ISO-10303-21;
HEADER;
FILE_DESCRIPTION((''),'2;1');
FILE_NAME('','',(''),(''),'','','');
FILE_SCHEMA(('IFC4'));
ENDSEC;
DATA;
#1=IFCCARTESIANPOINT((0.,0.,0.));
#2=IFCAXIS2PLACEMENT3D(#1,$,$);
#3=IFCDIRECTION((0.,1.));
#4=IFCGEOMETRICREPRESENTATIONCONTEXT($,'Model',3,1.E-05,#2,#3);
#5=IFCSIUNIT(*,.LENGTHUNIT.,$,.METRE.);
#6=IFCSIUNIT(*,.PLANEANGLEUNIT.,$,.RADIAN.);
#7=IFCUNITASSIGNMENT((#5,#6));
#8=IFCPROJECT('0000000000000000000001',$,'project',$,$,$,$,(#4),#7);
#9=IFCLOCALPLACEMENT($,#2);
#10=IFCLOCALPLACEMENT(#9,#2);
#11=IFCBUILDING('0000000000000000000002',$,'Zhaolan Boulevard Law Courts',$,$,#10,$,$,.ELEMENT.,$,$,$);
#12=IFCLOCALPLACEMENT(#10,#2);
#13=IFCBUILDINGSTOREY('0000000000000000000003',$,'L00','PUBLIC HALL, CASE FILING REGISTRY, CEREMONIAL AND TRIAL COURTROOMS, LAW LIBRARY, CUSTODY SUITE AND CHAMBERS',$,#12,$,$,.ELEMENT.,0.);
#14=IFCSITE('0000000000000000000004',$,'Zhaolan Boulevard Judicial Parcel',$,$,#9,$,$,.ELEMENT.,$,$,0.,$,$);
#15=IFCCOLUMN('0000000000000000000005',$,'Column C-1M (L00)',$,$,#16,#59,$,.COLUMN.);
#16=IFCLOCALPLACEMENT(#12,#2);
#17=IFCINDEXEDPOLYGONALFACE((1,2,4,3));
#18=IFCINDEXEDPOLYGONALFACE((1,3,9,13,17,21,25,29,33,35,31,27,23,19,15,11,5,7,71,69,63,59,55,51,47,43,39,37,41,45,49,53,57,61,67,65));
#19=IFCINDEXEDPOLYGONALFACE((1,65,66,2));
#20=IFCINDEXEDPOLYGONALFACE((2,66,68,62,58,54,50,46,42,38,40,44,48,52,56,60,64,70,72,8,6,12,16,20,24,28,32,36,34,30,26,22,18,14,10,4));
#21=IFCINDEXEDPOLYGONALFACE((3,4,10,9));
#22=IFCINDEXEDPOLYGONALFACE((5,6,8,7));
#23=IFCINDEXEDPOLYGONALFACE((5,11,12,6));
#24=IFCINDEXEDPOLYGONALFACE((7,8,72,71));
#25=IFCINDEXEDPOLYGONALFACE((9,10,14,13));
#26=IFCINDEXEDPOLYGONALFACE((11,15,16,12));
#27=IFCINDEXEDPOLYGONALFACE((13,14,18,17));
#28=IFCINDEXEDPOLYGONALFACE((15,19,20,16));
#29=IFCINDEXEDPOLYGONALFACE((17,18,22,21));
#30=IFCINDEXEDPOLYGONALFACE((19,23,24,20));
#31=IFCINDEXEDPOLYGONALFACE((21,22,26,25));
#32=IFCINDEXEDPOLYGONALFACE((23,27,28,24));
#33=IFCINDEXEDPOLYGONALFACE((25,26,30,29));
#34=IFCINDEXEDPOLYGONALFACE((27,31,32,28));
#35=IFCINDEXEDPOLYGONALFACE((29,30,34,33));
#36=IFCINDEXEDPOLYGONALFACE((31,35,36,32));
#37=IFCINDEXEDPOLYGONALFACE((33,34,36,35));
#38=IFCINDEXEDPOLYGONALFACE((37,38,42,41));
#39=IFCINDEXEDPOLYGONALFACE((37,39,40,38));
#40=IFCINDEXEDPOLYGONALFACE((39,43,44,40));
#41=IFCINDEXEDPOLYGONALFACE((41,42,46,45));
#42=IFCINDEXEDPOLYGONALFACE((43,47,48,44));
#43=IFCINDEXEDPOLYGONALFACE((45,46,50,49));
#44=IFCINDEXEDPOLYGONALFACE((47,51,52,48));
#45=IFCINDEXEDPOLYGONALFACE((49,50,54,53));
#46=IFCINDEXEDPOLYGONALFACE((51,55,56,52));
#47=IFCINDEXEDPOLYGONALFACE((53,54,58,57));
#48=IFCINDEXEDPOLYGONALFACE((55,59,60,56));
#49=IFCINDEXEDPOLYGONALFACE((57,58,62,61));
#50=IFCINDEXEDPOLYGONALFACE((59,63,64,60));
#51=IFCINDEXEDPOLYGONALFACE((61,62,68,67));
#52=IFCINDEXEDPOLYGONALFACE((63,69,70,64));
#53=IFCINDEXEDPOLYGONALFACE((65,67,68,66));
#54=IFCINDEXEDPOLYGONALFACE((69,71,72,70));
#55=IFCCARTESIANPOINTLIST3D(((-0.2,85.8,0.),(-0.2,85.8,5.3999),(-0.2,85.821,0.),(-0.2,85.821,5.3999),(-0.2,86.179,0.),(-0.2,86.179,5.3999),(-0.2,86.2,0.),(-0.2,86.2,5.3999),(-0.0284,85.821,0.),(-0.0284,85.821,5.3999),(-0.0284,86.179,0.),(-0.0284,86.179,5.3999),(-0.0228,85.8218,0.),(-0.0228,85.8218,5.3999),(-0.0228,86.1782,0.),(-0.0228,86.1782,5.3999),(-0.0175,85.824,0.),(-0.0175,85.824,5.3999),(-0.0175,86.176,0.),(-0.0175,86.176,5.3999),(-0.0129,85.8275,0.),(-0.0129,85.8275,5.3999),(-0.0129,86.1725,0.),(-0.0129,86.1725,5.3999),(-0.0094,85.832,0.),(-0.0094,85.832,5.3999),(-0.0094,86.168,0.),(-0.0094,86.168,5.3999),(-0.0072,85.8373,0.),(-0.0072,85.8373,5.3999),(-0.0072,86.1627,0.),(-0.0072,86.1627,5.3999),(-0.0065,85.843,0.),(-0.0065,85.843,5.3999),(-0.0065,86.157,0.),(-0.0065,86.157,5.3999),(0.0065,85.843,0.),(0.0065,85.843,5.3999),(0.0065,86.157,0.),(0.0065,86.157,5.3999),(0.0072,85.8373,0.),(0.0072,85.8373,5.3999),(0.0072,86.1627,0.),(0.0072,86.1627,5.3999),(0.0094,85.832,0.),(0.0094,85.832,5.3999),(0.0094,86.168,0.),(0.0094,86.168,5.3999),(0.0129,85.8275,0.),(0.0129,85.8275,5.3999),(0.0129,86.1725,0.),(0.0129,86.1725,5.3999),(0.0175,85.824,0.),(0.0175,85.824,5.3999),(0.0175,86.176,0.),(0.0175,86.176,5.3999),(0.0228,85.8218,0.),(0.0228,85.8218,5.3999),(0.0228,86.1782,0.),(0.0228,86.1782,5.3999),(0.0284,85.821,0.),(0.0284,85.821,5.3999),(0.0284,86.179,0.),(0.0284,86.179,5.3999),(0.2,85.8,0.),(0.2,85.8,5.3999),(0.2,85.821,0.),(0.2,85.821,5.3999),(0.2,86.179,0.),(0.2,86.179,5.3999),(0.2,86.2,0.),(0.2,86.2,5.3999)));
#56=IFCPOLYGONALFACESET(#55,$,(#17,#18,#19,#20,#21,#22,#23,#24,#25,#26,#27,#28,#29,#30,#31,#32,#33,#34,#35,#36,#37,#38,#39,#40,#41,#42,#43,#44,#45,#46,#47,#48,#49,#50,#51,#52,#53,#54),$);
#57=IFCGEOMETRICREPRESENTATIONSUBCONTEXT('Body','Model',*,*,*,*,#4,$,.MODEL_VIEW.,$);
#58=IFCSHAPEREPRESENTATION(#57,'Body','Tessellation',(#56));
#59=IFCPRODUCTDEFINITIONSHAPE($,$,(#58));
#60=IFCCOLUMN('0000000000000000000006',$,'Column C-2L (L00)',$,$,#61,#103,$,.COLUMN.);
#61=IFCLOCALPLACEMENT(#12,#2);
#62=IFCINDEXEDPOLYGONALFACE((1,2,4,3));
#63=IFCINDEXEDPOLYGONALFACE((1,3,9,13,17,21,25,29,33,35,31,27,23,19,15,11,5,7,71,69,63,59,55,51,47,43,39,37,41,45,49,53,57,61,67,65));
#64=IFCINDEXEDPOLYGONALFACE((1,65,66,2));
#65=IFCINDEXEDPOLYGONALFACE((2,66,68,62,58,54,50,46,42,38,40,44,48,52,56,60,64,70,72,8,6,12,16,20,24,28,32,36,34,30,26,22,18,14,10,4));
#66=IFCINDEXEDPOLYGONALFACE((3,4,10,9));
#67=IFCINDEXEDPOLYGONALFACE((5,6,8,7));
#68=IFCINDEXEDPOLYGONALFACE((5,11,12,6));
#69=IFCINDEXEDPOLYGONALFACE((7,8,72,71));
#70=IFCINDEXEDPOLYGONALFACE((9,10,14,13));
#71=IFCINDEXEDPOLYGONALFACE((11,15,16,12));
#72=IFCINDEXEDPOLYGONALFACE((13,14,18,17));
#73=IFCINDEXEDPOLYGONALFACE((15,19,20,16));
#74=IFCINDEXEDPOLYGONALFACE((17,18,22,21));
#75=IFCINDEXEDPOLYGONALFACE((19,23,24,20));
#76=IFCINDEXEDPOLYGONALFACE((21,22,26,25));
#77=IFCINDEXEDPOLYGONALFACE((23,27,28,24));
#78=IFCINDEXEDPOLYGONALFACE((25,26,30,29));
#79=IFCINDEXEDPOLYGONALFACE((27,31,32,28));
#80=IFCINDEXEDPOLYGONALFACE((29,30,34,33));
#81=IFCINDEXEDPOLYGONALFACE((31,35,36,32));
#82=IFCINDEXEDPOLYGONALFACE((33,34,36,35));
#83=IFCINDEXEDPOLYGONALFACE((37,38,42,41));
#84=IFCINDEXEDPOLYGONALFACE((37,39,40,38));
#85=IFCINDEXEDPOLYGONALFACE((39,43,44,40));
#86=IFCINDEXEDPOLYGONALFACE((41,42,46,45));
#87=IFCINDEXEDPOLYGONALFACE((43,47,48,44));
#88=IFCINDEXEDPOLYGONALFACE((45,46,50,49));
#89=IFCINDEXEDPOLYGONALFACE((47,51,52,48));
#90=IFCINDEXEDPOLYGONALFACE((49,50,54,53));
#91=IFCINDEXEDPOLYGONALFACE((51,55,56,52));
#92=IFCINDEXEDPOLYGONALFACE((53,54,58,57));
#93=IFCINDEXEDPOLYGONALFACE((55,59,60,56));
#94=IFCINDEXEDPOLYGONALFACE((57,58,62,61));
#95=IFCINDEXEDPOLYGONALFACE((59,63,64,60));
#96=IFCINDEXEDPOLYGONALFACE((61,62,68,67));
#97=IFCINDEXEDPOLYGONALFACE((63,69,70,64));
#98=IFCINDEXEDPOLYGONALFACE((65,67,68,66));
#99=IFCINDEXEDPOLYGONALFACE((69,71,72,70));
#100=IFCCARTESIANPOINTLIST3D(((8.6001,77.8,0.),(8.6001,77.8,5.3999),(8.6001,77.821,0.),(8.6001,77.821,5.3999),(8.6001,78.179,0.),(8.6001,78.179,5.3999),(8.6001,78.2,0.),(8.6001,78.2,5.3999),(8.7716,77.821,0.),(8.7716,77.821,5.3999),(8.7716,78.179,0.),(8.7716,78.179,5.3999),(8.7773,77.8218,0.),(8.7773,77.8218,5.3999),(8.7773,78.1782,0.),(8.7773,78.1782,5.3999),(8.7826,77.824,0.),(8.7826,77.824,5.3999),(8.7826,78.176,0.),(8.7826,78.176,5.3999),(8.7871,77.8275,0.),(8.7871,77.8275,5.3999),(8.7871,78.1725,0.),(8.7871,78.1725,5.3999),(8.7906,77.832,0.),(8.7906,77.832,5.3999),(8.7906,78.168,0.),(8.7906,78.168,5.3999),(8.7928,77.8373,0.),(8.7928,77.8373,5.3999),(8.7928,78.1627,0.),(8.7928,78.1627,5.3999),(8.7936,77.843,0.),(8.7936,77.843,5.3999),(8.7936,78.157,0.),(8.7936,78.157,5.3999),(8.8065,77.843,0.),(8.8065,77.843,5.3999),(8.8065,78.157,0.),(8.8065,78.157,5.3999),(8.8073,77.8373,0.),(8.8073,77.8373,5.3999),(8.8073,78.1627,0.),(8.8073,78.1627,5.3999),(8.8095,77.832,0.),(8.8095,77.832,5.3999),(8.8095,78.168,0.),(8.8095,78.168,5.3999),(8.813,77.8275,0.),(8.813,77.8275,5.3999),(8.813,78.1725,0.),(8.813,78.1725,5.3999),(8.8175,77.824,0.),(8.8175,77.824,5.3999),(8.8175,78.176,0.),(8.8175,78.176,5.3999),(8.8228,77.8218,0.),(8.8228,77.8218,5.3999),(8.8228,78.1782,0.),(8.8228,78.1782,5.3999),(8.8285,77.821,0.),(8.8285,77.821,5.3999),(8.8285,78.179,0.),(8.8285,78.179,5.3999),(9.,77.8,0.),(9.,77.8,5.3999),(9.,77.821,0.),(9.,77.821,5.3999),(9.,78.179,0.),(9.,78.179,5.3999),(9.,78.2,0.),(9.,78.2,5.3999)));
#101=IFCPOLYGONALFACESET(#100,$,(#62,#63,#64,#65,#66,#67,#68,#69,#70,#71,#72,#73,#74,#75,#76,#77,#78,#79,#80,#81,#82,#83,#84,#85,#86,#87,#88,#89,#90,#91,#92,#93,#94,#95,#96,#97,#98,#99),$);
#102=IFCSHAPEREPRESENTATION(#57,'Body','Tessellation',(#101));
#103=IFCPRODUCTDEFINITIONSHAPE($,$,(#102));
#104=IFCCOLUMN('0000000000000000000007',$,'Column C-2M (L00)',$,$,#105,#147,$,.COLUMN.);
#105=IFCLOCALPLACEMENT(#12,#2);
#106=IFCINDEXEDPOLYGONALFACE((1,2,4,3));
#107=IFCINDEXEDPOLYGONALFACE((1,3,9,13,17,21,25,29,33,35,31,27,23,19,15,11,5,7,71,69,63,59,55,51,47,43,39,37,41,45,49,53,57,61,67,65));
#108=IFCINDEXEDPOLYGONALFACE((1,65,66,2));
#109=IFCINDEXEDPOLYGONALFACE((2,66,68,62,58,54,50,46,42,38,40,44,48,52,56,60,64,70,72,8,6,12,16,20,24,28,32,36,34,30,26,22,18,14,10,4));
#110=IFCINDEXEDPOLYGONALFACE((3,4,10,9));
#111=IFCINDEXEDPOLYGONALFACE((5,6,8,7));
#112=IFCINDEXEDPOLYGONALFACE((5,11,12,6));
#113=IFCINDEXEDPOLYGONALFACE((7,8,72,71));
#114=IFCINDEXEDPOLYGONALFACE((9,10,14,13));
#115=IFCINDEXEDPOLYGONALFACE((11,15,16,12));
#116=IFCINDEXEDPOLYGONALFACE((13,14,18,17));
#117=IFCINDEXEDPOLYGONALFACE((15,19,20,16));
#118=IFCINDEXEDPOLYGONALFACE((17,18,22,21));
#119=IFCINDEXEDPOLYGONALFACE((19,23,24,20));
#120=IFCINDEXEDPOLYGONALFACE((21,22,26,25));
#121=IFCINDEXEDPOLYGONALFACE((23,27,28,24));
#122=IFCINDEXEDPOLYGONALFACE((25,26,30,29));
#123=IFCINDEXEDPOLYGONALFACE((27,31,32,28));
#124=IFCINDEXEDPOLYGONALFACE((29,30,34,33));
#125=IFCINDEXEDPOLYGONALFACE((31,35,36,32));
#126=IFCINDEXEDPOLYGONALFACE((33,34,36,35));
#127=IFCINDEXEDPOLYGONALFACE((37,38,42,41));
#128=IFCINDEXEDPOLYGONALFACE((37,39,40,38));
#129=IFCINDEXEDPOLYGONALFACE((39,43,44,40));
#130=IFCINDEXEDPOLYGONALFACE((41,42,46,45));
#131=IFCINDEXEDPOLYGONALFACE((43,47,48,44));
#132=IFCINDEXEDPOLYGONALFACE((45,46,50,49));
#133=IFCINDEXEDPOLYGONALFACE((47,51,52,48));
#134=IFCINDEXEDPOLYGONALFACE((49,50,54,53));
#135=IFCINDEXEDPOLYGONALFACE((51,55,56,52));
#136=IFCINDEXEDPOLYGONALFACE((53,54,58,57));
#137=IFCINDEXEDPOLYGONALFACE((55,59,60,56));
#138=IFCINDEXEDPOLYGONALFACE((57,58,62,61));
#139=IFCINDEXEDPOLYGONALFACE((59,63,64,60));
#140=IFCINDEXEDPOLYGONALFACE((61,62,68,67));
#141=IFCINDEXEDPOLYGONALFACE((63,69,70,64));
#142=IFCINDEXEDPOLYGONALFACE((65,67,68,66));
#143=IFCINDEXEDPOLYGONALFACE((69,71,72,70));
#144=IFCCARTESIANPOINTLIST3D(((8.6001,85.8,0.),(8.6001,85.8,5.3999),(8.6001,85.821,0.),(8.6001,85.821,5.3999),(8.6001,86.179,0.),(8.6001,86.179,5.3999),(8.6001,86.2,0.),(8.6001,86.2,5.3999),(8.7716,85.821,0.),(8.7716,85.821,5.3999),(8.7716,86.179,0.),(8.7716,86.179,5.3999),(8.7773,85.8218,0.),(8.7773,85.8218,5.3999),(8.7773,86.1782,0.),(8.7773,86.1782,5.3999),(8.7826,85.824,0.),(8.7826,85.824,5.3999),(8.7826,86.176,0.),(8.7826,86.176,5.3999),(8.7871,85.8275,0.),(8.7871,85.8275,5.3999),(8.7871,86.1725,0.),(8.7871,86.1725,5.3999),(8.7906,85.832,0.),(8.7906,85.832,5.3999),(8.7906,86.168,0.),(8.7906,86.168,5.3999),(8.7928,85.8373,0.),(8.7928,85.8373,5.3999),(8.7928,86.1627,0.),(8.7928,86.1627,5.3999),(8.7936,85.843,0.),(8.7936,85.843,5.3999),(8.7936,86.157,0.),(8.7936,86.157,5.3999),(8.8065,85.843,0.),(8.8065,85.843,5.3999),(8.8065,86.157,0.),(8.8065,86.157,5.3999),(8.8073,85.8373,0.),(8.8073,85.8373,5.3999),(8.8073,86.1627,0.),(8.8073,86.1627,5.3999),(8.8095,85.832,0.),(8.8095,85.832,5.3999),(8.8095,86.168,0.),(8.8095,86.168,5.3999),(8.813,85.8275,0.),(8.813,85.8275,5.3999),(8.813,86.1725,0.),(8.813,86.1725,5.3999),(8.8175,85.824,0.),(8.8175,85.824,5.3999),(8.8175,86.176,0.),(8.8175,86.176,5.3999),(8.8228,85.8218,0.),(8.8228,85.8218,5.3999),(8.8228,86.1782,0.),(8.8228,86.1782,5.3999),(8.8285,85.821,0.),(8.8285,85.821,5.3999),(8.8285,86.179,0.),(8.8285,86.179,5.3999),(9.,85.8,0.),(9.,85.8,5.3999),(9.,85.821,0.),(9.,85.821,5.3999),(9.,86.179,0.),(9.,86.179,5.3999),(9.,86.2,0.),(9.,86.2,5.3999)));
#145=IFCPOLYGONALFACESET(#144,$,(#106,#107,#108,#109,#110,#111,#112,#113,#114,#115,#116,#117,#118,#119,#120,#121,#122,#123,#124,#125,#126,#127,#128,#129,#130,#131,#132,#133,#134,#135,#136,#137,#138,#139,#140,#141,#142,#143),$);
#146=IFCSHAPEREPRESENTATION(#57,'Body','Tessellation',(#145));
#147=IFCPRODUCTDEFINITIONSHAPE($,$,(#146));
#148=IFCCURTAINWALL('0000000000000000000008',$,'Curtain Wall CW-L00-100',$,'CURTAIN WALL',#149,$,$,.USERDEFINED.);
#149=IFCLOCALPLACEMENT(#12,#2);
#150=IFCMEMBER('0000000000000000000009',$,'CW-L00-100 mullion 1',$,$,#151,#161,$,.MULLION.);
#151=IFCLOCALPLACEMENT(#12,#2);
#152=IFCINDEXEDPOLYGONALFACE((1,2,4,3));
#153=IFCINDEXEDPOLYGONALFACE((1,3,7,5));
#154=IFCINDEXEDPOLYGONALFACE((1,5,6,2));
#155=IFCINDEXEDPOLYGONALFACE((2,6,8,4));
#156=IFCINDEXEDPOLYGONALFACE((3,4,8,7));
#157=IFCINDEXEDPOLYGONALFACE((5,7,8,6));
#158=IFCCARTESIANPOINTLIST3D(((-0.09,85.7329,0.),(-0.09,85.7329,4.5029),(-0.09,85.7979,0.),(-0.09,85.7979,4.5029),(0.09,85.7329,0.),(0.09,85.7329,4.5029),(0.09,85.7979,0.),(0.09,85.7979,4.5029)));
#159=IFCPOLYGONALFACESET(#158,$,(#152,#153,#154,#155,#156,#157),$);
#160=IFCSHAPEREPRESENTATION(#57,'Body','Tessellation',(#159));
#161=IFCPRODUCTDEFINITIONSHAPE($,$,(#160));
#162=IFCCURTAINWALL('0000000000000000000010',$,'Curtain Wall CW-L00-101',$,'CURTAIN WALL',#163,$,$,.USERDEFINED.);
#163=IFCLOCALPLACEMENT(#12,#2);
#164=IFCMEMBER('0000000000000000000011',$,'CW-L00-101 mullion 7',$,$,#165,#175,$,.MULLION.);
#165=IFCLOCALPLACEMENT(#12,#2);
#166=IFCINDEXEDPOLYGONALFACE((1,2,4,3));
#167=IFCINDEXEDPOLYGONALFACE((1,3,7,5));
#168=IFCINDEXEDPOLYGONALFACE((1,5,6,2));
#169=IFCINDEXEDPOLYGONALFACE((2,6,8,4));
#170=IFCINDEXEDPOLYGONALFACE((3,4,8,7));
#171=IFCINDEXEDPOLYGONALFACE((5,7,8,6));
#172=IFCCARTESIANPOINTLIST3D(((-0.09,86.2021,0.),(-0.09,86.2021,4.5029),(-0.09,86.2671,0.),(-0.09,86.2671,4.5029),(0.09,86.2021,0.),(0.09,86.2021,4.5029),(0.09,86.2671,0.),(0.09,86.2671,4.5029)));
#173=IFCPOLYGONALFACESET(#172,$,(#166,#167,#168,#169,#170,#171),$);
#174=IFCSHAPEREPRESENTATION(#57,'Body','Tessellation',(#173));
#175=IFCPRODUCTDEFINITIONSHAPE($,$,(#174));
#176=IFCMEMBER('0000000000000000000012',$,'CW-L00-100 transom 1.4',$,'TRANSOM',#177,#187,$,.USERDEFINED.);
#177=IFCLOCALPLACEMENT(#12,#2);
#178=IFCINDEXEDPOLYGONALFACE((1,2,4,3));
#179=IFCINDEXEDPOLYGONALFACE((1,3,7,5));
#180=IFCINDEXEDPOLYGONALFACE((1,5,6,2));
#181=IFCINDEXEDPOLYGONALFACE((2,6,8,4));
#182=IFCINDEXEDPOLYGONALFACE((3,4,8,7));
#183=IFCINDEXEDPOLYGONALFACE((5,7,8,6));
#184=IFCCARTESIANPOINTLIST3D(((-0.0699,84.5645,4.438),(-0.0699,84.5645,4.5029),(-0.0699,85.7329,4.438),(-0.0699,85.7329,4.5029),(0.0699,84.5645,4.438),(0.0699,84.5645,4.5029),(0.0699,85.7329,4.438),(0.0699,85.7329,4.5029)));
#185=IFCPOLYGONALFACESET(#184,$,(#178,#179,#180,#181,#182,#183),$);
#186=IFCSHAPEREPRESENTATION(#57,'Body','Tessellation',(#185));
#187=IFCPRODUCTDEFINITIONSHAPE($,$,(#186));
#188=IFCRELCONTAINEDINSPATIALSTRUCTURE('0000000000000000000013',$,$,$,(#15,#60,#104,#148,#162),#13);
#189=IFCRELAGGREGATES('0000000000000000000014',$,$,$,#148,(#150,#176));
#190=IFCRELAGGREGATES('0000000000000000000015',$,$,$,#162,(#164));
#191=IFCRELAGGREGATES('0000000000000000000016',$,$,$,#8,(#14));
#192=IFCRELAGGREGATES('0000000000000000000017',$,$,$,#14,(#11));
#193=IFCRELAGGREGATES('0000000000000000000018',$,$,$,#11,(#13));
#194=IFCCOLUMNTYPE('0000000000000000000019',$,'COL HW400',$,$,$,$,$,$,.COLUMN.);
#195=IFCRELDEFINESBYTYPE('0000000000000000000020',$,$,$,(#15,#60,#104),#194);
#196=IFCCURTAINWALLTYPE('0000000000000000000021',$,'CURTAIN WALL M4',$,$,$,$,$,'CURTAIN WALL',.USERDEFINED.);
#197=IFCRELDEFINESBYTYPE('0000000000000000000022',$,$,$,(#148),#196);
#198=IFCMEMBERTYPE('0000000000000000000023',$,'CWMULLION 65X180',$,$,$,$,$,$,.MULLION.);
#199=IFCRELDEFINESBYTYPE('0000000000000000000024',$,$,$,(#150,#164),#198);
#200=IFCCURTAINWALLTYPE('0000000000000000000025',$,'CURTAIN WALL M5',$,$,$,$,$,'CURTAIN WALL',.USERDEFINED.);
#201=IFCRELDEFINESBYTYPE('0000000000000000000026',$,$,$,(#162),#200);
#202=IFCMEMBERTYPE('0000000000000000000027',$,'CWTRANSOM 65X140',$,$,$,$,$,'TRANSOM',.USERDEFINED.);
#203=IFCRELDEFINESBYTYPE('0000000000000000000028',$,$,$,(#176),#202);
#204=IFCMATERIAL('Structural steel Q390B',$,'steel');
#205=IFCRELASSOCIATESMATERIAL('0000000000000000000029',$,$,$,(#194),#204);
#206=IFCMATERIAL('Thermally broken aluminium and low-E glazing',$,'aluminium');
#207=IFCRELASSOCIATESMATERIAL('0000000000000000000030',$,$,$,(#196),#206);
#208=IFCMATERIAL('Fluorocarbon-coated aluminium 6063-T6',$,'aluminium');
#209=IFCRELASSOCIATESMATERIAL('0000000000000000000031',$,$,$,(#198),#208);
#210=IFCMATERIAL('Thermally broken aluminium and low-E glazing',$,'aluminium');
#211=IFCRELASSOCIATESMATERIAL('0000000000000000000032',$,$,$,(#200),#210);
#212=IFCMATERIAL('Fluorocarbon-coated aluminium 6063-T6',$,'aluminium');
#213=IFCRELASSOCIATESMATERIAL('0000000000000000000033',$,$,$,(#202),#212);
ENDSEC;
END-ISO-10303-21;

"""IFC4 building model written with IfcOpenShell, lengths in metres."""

from ifc_helpers import new_model, si_unit, direction, frame, origin, origin_2d, place, context, subcontext, project, spatial, rectangle, i_section, extrude, material, material_profile, profile_set, type_object, element, aggregate, save


model = new_model("IFC4")

# Units and contexts
model_context = context("Model", 3, precision=1e-05, world=origin(), true_north=direction((0.0, 1.0)))
body_context = subcontext(model_context, "Body", "Model", "MODEL_VIEW")
ifc_project = project(units=[si_unit("LENGTHUNIT", "METRE"), si_unit("PLANEANGLEUNIT", "RADIAN")], contexts=[model_context])

# Site, building, storey
site_placement = place(None, origin())
site = spatial("IfcSite", under=ifc_project, at=site_placement, Name="Zhaolan Boulevard Judicial Parcel", CompositionType="ELEMENT", RefElevation=0.0)
building_placement = place(site_placement, origin())
building = spatial("IfcBuilding", under=site, at=building_placement, Name="Zhaolan Boulevard Law Courts", CompositionType="ELEMENT")
storey_placement = place(building_placement, origin())
storey = spatial("IfcBuildingStorey", under=building, at=storey_placement, Name="L00", Description="PUBLIC HALL, CASE FILING REGISTRY, CEREMONIAL AND TRIAL COURTROOMS, LAW LIBRARY, CUSTODY SUITE AND CHAMBERS", CompositionType="ELEMENT", Elevation=0.0)

# Columns
ifc_material_1 = material(Name="Structural steel Q390B", Category="steel")
ifc_material_profile_1 = material_profile(ifc_material_1, i_section(OverallWidth=0.3999, OverallDepth=0.3999, WebThickness=0.0129, FlangeThickness=0.021, FilletRadius=0.022, at=origin_2d()), Name="HW400x400")
ifc_profile_set_1 = profile_set([ifc_material_profile_1], Name="Structural steel Q390B")
column_type = type_object("IfcColumnType", Name="COL HW400", PredefinedType="COLUMN", material=ifc_profile_set_1)
for number, where, z_axis, x_axis, name in (
    (1, (0.0, 86.0, 0.0), (0.0, 0.0, 1.0), (1.0, 0.0, 0.0), "Column C-1M (L00)"),
    (2, (8.8, 78.0, 0.0), (0.0, 0.0, 1.0), (1.0, 0.0, 0.0), "Column C-2L (L00)"),
    (3, (8.8, 86.0, 0.0), (0.0, 0.0, 1.0), (1.0, 0.0, 0.0), "Column C-2M (L00)"),
):
    element("IfcColumn", number, at=place(storey_placement, frame(where, z_axis=z_axis, x_axis=x_axis)), inside=storey, type_object=column_type, Name=name, PredefinedType="COLUMN", context=body_context, shape_type="SweptSolid", body=[
        extrude(i_section(OverallWidth=0.3999, OverallDepth=0.3999, WebThickness=0.0129, FlangeThickness=0.021, FilletRadius=0.022, at=origin_2d()), origin(), (0.0, 0.0, 1.0), 5.3999),
    ])

# Curtain walls, members
ifc_material_2 = material(Name="Thermally broken aluminium and low-E glazing", Category="aluminium")
curtain_wall_type_1 = type_object("IfcCurtainWallType", Name="CURTAIN WALL M4", ElementType="CURTAIN WALL", PredefinedType="USERDEFINED", material=ifc_material_2)
curtain_wall_1_placement = place(storey_placement, origin())
curtain_wall_1 = element("IfcCurtainWall", 4, at=curtain_wall_1_placement, inside=storey, type_object=curtain_wall_type_1, Name="Curtain Wall CW-L00-100", ObjectType="CURTAIN WALL", PredefinedType="USERDEFINED")
ifc_material_3 = material(Name="Fluorocarbon-coated aluminium 6063-T6", Category="aluminium")
ifc_material_profile_2 = material_profile(ifc_material_3, rectangle(XDim=0.1799, YDim=0.0649, at=origin_2d()), Name="AL65x180")
ifc_profile_set_2 = profile_set([ifc_material_profile_2], Name="Fluorocarbon-coated aluminium 6063-T6")
member_type_1 = type_object("IfcMemberType", Name="CWMULLION 65X180", PredefinedType="MULLION", material=ifc_profile_set_2)
member_1_placement = place(storey_placement, frame((0.0, 85.7654, 0.0), z_axis=(0.0, 0.0, 1.0), x_axis=(1.0, 0.0, 0.0)))
member_1 = element("IfcMember", 5, at=member_1_placement, type_object=member_type_1, Name="CW-L00-100 mullion 1", PredefinedType="MULLION", context=body_context, shape_type="SweptSolid", body=[
    extrude(rectangle(XDim=0.1799, YDim=0.0649, at=origin_2d()), origin(), (0.0, 0.0, 1.0), 4.5029),
])
ifc_material_4 = material(Name="Thermally broken aluminium and low-E glazing", Category="aluminium")
curtain_wall_type_2 = type_object("IfcCurtainWallType", Name="CURTAIN WALL M5", ElementType="CURTAIN WALL", PredefinedType="USERDEFINED", material=ifc_material_4)
curtain_wall_2_placement = place(storey_placement, origin())
curtain_wall_2 = element("IfcCurtainWall", 6, at=curtain_wall_2_placement, inside=storey, type_object=curtain_wall_type_2, Name="Curtain Wall CW-L00-101", ObjectType="CURTAIN WALL", PredefinedType="USERDEFINED")
member_2_placement = place(storey_placement, frame((0.0, 86.2346, 0.0), z_axis=(0.0, 0.0, 1.0), x_axis=(1.0, 0.0, 0.0)))
member_2 = element("IfcMember", 7, at=member_2_placement, type_object=member_type_1, Name="CW-L00-101 mullion 7", PredefinedType="MULLION", context=body_context, shape_type="SweptSolid", body=[
    extrude(rectangle(XDim=0.1799, YDim=0.0649, at=origin_2d()), origin(), (0.0, 0.0, 1.0), 4.5029),
])

# Member
ifc_material_5 = material(Name="Fluorocarbon-coated aluminium 6063-T6", Category="aluminium")
ifc_material_profile_3 = material_profile(ifc_material_5, rectangle(XDim=0.1399, YDim=0.0649, at=origin_2d()), Name="AL65x140")
ifc_profile_set_3 = profile_set([ifc_material_profile_3], Name="Fluorocarbon-coated aluminium 6063-T6")
member_type_2 = type_object("IfcMemberType", Name="CWTRANSOM 65X140", ElementType="TRANSOM", PredefinedType="USERDEFINED", material=ifc_profile_set_3)
member_3_placement = place(storey_placement, frame((0.0, 85.7329, 4.4705), z_axis=(0.0, -1.0, 0.0), x_axis=(1.0, 0.0, 0.0)))
member_3 = element("IfcMember", 8, at=member_3_placement, type_object=member_type_2, Name="CW-L00-100 transom 1.4", ObjectType="TRANSOM", PredefinedType="USERDEFINED", context=body_context, shape_type="SweptSolid", body=[
    extrude(rectangle(XDim=0.1399, YDim=0.0649, at=origin_2d()), origin(), (0.0, 0.0, 1.0), 1.1685),
])
aggregate(curtain_wall_1, [member_1, member_3])

aggregate(curtain_wall_2, [member_2])

save(model, "model.ifc")
